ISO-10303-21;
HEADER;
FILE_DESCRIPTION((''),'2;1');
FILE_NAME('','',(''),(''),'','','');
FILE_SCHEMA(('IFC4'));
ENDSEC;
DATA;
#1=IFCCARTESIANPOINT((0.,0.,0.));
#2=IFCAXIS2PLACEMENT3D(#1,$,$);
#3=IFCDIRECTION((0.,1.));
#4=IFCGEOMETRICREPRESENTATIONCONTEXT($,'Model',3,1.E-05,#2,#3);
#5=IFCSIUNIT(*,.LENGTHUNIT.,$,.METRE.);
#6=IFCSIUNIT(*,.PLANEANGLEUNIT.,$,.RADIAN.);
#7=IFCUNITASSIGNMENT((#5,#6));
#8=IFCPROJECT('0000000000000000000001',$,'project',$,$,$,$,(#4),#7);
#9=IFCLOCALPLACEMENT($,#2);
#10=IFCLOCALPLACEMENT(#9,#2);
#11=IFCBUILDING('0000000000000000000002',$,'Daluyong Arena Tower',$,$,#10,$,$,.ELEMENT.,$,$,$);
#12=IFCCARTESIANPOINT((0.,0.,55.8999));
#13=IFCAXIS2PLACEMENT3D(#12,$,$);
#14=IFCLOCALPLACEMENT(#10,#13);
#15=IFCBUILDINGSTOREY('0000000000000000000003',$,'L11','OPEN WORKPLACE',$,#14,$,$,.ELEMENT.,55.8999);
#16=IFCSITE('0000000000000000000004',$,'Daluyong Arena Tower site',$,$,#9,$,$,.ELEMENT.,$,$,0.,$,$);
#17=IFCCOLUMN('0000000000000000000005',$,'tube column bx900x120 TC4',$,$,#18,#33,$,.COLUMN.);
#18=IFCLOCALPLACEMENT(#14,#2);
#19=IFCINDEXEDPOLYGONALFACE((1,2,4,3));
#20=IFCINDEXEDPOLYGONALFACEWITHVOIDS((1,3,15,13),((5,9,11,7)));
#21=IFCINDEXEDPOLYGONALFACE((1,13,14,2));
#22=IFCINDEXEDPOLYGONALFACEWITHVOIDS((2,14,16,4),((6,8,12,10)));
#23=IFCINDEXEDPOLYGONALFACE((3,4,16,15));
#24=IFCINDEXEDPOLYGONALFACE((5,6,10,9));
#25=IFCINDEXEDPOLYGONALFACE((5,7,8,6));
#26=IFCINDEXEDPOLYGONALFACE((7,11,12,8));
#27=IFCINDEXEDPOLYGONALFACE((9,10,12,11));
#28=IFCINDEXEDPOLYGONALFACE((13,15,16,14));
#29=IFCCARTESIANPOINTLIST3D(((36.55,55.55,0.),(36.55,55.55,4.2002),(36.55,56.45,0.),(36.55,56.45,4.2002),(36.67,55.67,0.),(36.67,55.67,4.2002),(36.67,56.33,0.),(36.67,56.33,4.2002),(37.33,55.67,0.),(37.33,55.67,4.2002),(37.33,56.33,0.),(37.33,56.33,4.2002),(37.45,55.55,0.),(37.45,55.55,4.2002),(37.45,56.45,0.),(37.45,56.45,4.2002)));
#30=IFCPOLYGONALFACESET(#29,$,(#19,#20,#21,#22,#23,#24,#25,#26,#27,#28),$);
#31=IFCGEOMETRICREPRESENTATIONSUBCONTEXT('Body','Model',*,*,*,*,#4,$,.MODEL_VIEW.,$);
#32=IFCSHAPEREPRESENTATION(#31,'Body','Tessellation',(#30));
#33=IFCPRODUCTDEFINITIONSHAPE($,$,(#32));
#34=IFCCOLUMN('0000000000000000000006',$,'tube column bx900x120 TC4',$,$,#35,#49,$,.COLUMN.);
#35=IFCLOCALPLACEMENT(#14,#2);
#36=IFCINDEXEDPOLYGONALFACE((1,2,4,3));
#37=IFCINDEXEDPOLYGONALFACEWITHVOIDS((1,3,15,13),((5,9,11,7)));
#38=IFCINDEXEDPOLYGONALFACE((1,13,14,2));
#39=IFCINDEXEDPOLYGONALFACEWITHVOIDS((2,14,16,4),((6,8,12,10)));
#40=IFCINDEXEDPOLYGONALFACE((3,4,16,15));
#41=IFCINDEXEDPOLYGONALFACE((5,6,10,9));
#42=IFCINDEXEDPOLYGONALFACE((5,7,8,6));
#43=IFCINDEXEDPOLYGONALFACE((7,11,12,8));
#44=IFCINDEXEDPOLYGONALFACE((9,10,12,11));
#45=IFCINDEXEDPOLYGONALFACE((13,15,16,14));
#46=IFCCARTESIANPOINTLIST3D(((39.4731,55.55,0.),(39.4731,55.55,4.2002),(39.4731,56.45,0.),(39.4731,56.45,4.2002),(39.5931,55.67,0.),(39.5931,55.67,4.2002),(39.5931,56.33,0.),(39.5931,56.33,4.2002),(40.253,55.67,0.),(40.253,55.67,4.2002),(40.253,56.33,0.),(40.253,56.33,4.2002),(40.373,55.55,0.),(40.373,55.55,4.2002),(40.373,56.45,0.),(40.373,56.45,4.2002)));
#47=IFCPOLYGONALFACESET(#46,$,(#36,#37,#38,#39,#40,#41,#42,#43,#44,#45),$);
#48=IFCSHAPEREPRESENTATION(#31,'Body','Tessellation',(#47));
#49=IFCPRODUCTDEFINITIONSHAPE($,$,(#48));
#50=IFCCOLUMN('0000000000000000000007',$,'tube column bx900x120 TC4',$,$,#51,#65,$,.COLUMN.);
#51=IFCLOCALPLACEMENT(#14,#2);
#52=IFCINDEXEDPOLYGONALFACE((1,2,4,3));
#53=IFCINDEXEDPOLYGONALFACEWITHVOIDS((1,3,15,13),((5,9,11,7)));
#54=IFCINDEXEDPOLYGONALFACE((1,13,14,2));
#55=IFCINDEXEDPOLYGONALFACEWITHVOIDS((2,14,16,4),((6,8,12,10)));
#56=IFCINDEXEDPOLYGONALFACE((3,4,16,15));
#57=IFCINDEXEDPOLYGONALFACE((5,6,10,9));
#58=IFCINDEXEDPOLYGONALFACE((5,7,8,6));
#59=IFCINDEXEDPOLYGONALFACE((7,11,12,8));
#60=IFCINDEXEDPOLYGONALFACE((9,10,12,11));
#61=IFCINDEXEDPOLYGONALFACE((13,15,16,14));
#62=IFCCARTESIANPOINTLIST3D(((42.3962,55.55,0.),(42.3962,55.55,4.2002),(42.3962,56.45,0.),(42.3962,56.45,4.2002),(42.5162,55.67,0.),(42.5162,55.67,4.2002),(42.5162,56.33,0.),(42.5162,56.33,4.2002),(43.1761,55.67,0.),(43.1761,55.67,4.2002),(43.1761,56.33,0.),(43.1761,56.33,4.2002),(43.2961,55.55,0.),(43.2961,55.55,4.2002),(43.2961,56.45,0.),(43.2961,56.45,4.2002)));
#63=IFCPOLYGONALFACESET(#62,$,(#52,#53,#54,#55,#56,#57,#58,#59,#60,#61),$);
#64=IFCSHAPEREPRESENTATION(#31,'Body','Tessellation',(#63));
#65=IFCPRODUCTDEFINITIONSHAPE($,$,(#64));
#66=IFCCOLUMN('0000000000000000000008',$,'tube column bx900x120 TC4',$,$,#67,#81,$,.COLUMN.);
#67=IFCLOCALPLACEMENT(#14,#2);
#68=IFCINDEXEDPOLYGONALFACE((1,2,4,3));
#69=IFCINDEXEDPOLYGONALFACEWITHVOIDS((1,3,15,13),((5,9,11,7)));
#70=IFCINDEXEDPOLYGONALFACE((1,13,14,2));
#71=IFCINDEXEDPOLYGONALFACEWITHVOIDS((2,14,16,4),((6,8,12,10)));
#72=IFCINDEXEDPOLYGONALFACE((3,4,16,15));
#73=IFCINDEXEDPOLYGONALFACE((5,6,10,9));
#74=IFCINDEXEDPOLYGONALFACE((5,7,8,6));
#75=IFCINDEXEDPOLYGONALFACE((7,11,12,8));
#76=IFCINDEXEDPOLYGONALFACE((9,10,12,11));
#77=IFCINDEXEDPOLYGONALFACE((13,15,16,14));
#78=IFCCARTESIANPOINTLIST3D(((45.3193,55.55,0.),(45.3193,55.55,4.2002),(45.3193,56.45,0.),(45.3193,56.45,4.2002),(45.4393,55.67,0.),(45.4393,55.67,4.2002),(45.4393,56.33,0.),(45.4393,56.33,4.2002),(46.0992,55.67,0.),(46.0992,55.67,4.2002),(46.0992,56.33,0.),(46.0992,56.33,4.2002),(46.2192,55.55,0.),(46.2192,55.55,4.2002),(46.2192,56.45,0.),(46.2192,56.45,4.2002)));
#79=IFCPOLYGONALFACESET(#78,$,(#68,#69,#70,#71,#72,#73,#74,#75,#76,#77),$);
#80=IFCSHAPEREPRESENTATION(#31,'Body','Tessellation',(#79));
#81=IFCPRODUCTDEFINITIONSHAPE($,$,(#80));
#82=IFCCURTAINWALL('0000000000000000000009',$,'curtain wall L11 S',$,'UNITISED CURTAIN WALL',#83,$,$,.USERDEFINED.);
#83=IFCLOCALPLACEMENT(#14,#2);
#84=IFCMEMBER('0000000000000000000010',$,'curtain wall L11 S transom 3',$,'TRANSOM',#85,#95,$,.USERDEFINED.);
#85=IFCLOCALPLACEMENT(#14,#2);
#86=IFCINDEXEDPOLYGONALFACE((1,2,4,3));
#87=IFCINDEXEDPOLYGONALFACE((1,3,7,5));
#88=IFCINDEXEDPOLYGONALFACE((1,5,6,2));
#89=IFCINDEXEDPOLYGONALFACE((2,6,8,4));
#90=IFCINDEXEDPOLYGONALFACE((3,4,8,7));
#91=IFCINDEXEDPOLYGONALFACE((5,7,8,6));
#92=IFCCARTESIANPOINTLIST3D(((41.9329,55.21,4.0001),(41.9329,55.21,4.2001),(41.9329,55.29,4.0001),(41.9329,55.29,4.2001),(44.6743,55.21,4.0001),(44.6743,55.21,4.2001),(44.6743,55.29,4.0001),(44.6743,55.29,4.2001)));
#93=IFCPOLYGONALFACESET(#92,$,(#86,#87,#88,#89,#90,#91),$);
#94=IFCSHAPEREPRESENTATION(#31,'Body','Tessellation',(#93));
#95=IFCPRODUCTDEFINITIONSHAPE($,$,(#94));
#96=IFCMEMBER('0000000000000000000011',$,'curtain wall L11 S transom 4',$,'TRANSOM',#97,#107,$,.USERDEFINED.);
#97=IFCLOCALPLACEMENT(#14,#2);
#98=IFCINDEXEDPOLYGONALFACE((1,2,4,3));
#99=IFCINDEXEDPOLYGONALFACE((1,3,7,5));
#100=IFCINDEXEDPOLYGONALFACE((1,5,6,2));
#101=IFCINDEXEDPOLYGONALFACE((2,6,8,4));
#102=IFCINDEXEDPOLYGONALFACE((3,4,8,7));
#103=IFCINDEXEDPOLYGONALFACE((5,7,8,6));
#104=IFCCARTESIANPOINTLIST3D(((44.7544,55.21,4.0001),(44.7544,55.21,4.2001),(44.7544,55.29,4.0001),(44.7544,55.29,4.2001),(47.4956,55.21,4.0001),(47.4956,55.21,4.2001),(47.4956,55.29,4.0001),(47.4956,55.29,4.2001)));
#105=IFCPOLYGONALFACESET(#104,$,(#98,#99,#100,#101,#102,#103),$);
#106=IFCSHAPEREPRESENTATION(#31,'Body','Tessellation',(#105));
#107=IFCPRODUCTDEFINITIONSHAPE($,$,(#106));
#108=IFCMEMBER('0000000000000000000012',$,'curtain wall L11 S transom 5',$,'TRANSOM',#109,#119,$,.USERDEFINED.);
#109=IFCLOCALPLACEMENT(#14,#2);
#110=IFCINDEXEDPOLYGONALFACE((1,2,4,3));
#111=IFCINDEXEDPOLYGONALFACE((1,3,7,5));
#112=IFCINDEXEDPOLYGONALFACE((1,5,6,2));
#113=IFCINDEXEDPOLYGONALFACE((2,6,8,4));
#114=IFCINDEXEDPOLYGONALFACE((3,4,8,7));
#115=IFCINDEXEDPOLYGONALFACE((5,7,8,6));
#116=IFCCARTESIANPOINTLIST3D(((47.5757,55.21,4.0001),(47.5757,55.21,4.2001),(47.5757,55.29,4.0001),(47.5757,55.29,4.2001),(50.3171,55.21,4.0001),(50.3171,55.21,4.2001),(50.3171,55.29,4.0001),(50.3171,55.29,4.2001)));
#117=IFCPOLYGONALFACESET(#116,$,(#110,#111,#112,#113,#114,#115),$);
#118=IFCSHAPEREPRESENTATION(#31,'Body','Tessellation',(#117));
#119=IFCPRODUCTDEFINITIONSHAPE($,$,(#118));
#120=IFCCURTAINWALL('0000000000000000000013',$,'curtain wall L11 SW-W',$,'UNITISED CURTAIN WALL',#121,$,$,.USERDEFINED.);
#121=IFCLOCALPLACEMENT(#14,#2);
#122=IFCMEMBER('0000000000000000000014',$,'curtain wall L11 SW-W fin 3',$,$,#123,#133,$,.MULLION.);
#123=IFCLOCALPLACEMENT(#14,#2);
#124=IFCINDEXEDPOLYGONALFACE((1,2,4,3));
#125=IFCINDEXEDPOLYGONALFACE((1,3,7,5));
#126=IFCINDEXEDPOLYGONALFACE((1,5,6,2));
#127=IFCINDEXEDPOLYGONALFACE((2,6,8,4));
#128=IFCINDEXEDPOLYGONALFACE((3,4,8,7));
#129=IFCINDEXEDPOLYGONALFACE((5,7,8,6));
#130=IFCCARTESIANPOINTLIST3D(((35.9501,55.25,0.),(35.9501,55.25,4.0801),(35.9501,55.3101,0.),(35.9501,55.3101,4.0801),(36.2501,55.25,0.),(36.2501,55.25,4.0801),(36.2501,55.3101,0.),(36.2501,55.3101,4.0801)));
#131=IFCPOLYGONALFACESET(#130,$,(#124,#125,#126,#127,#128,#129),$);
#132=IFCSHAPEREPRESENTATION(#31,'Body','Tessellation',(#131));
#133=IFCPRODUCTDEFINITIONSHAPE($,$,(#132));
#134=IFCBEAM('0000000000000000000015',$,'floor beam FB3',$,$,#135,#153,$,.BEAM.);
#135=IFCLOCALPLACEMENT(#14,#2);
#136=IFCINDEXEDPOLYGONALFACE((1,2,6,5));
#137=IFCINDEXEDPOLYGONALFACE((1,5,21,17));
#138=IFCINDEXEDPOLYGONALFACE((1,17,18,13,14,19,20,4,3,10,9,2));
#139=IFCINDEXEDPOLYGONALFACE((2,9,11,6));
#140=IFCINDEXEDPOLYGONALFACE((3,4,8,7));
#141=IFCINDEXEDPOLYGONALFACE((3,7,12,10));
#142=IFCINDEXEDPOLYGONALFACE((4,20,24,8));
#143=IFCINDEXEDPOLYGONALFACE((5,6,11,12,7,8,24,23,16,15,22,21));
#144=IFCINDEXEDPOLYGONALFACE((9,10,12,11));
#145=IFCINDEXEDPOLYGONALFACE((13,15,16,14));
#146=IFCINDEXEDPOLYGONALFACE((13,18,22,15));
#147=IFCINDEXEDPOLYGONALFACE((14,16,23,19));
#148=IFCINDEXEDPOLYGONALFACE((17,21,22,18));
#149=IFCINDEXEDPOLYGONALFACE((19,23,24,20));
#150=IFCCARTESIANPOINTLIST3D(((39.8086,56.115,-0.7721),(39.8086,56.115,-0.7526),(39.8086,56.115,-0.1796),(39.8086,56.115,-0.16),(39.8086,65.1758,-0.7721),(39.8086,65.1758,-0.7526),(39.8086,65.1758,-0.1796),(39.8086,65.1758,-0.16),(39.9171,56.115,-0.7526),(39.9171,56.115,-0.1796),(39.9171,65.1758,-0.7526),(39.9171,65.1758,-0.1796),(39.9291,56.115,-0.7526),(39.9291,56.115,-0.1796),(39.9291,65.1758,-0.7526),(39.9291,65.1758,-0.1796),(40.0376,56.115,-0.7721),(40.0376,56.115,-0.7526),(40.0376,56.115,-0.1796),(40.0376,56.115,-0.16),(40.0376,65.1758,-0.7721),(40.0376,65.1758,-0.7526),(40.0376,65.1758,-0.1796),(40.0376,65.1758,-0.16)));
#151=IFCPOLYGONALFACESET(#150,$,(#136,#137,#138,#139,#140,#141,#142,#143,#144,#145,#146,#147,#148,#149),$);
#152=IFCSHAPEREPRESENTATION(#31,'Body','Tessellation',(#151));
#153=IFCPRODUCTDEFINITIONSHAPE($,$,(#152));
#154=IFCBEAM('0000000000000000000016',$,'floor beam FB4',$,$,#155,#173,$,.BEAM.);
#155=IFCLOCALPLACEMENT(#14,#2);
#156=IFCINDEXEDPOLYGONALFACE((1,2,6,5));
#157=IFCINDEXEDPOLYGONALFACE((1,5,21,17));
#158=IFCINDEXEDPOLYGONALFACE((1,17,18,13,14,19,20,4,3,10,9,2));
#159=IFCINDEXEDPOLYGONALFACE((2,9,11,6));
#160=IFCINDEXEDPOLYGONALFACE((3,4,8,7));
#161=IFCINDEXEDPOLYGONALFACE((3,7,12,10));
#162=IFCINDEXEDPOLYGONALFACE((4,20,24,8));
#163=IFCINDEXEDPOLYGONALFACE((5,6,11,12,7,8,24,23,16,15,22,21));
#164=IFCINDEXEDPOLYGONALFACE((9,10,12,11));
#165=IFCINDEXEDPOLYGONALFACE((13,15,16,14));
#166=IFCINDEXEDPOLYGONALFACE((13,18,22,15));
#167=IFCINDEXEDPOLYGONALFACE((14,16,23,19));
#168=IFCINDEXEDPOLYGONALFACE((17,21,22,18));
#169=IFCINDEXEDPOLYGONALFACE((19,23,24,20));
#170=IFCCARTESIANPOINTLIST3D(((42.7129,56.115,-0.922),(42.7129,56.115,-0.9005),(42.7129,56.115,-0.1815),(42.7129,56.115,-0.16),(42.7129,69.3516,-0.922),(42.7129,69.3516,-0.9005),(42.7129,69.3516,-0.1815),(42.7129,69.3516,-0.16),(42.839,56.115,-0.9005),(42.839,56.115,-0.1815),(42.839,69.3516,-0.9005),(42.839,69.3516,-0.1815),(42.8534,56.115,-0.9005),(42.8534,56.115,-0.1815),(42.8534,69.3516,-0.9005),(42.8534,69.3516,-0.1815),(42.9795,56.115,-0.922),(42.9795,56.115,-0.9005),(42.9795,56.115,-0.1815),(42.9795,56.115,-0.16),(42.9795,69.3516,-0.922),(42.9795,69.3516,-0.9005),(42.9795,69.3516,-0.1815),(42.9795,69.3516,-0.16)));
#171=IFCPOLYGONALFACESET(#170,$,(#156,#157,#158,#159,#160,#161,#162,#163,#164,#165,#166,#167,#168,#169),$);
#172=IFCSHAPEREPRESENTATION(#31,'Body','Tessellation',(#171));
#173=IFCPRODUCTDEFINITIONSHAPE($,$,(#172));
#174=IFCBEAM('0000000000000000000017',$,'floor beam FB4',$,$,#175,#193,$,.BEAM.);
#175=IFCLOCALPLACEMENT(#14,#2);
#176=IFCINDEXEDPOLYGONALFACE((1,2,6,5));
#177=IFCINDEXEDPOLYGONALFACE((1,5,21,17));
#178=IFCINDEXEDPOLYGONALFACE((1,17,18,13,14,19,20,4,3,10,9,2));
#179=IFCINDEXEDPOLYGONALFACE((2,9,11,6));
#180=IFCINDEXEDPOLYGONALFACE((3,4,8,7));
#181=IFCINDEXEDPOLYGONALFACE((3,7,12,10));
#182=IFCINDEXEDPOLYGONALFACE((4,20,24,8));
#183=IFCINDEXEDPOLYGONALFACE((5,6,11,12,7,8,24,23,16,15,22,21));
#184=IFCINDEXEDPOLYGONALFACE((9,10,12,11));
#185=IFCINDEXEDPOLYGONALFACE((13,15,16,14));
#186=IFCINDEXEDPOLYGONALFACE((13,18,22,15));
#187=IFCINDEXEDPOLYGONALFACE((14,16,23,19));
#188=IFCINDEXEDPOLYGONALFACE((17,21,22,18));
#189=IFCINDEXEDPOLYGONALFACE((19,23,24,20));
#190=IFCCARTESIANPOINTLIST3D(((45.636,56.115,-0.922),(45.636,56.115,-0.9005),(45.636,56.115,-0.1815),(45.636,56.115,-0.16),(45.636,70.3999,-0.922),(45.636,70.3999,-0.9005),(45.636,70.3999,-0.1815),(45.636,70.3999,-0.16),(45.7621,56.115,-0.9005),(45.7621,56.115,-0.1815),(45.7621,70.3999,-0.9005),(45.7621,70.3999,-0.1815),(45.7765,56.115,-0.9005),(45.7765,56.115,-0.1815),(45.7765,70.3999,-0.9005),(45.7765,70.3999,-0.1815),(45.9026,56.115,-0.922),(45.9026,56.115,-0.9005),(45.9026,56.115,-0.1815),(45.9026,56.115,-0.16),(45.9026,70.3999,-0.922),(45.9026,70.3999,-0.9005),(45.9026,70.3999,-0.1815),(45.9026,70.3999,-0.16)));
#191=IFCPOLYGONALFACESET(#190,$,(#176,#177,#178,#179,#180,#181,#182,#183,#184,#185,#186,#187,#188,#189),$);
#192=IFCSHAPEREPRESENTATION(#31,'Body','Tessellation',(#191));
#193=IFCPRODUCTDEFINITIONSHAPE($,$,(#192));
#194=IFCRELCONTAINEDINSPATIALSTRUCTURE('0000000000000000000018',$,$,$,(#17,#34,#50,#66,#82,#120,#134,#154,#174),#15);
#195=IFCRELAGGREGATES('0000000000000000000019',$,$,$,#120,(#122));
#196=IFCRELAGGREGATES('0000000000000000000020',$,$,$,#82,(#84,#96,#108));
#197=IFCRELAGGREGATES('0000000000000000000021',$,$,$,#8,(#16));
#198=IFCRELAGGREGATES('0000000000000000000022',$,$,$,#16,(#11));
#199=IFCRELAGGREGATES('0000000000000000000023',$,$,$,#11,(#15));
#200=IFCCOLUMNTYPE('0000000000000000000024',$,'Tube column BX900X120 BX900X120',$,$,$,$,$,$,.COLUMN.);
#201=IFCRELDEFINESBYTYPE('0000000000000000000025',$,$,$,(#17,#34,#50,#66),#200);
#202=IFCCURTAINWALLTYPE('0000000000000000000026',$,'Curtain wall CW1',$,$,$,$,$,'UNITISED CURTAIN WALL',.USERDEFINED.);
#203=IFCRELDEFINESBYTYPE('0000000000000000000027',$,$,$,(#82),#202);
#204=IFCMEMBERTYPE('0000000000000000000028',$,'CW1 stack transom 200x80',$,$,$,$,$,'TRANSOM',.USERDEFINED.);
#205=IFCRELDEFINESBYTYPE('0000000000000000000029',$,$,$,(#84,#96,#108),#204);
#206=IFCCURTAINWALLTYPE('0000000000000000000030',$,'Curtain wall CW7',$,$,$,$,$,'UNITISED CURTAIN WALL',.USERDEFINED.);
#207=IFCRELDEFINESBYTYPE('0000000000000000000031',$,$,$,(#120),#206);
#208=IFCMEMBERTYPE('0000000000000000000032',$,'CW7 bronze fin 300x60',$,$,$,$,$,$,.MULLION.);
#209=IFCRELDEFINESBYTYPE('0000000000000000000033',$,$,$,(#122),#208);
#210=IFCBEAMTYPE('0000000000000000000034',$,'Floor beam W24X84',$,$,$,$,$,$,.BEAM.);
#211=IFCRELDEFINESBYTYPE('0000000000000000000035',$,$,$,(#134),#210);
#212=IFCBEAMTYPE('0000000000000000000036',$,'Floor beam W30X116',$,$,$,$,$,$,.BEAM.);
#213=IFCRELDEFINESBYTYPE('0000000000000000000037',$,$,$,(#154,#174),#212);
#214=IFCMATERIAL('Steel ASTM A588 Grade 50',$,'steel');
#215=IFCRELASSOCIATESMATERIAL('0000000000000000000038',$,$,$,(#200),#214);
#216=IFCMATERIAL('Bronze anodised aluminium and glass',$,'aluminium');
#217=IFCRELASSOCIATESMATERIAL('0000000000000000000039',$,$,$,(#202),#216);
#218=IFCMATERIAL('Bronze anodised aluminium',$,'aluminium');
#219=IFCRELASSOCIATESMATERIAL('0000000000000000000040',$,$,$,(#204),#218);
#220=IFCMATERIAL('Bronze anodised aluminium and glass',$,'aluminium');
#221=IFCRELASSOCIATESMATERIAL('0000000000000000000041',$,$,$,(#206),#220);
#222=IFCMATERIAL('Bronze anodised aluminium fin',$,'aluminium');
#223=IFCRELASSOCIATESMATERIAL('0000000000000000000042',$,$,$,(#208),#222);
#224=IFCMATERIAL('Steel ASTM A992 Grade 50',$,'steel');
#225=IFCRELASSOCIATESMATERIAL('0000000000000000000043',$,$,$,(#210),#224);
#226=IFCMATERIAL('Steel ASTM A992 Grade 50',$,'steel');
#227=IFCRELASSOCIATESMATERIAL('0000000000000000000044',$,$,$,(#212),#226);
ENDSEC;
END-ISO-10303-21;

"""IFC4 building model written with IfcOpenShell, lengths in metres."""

from ifc_helpers import new_model, si_unit, direction, frame, origin, origin_2d, place, context, subcontext, project, spatial, rectangle, hollow_rectangle, i_section, extrude, material, material_profile, profile_set, type_object, element, aggregate, save


model = new_model("IFC4")

# Units and contexts
model_context = context("Model", 3, precision=1e-05, world=origin(), true_north=direction((0.0, 1.0)))
body_context = subcontext(model_context, "Body", "Model", "MODEL_VIEW")
ifc_project = project(units=[si_unit("LENGTHUNIT", "METRE"), si_unit("PLANEANGLEUNIT", "RADIAN")], contexts=[model_context])

# Site, building, storey
site_placement = place(None, origin())
site = spatial("IfcSite", under=ifc_project, at=site_placement, Name="Daluyong Arena Tower site", CompositionType="ELEMENT", RefElevation=0.0)
building_placement = place(site_placement, origin())
building = spatial("IfcBuilding", under=site, at=building_placement, Name="Daluyong Arena Tower", CompositionType="ELEMENT")
storey_placement = place(building_placement, frame((0.0, 0.0, 55.8999)))
storey = spatial("IfcBuildingStorey", under=building, at=storey_placement, Name="L11", Description="OPEN WORKPLACE", CompositionType="ELEMENT", Elevation=55.8999)

# Columns
ifc_material_1 = material(Name="Steel ASTM A588 Grade 50", Category="steel")
ifc_material_profile_1 = material_profile(ifc_material_1, hollow_rectangle(XDim=0.8999, YDim=0.8999, WallThickness=0.12, at=origin_2d()))
ifc_profile_set_1 = profile_set([ifc_material_profile_1], Name="Steel ASTM A588 Grade 50")
column_type = type_object("IfcColumnType", Name="Tube column BX900X120 BX900X120", PredefinedType="COLUMN", material=ifc_profile_set_1)
for number, where, z_axis, x_axis, name in (
    (1, (37.0, 56.0, 0.0), (0.0, 0.0, 1.0), (1.0, 0.0, 0.0), "tube column bx900x120 TC4"),
    (2, (39.9231, 56.0, 0.0), (0.0, 0.0, 1.0), (1.0, 0.0, 0.0), "tube column bx900x120 TC4"),
    (3, (42.8462, 56.0, 0.0), (0.0, 0.0, 1.0), (1.0, 0.0, 0.0), "tube column bx900x120 TC4"),
    (4, (45.7693, 56.0, 0.0), (0.0, 0.0, 1.0), (1.0, 0.0, 0.0), "tube column bx900x120 TC4"),
):
    element("IfcColumn", number, at=place(storey_placement, frame(where, z_axis=z_axis, x_axis=x_axis)), inside=storey, type_object=column_type, Name=name, PredefinedType="COLUMN", context=body_context, shape_type="SweptSolid", body=[
        extrude(hollow_rectangle(XDim=0.8999, YDim=0.8999, WallThickness=0.12, at=origin_2d()), origin(), (0.0, 0.0, 1.0), 4.2002),
    ])

# Curtain wall, members
ifc_material_2 = material(Name="Bronze anodised aluminium and glass", Category="aluminium")
curtain_wall_type_1 = type_object("IfcCurtainWallType", Name="Curtain wall CW1", ElementType="UNITISED CURTAIN WALL", PredefinedType="USERDEFINED", material=ifc_material_2)
curtain_wall_1_placement = place(storey_placement, origin())
curtain_wall_1 = element("IfcCurtainWall", 5, at=curtain_wall_1_placement, inside=storey, type_object=curtain_wall_type_1, Name="curtain wall L11 S", ObjectType="UNITISED CURTAIN WALL", PredefinedType="USERDEFINED")
ifc_material_3 = material(Name="Bronze anodised aluminium", Category="aluminium")
ifc_material_profile_2 = material_profile(ifc_material_3, rectangle(XDim=0.0801, YDim=0.2, at=origin_2d()))
ifc_profile_set_2 = profile_set([ifc_material_profile_2], Name="Bronze anodised aluminium")
member_type_1 = type_object("IfcMemberType", Name="CW1 stack transom 200x80", ElementType="TRANSOM", PredefinedType="USERDEFINED", material=ifc_profile_set_2)
member_1_placement = place(storey_placement, frame((41.9329, 55.25, 4.1001), z_axis=(1.0, 0.0, 0.0), x_axis=(0.0, 1.0, 0.0)))
member_1 = element("IfcMember", 6, at=member_1_placement, type_object=member_type_1, Name="curtain wall L11 S transom 3", ObjectType="TRANSOM", PredefinedType="USERDEFINED", context=body_context, shape_type="SweptSolid", body=[
    extrude(rectangle(XDim=0.0801, YDim=0.2, at=origin_2d()), origin(), (0.0, 0.0, 1.0), 2.7415),
])
member_2_placement = place(storey_placement, frame((44.7544, 55.25, 4.1001), z_axis=(1.0, 0.0, 0.0), x_axis=(0.0, 1.0, 0.0)))
member_2 = element("IfcMember", 7, at=member_2_placement, type_object=member_type_1, Name="curtain wall L11 S transom 4", ObjectType="TRANSOM", PredefinedType="USERDEFINED", context=body_context, shape_type="SweptSolid", body=[
    extrude(rectangle(XDim=0.0801, YDim=0.2, at=origin_2d()), origin(), (0.0, 0.0, 1.0), 2.7412),
])
member_3_placement = place(storey_placement, frame((47.5757, 55.25, 4.1001), z_axis=(1.0, 0.0, 0.0), x_axis=(0.0, 1.0, 0.0)))
member_3 = element("IfcMember", 8, at=member_3_placement, type_object=member_type_1, Name="curtain wall L11 S transom 5", ObjectType="TRANSOM", PredefinedType="USERDEFINED", context=body_context, shape_type="SweptSolid", body=[
    extrude(rectangle(XDim=0.0801, YDim=0.2, at=origin_2d()), origin(), (0.0, 0.0, 1.0), 2.7415),
])

# Curtain wall, member
ifc_material_4 = material(Name="Bronze anodised aluminium and glass", Category="aluminium")
curtain_wall_type_2 = type_object("IfcCurtainWallType", Name="Curtain wall CW7", ElementType="UNITISED CURTAIN WALL", PredefinedType="USERDEFINED", material=ifc_material_4)
curtain_wall_2_placement = place(storey_placement, origin())
curtain_wall_2 = element("IfcCurtainWall", 9, at=curtain_wall_2_placement, inside=storey, type_object=curtain_wall_type_2, Name="curtain wall L11 SW-W", ObjectType="UNITISED CURTAIN WALL", PredefinedType="USERDEFINED")
ifc_material_5 = material(Name="Bronze anodised aluminium fin", Category="aluminium")
ifc_material_profile_3 = material_profile(ifc_material_5, rectangle(XDim=0.3, YDim=0.0601, at=origin_2d()))
ifc_profile_set_3 = profile_set([ifc_material_profile_3], Name="Bronze anodised aluminium fin")
member_type_2 = type_object("IfcMemberType", Name="CW7 bronze fin 300x60", PredefinedType="MULLION", material=ifc_profile_set_3)
member_4_placement = place(storey_placement, frame((36.1001, 55.28, 0.0), z_axis=(0.0, 0.0, 1.0), x_axis=(1.0, 0.0, 0.0)))
member_4 = element("IfcMember", 10, at=member_4_placement, type_object=member_type_2, Name="curtain wall L11 SW-W fin 3", PredefinedType="MULLION", context=body_context, shape_type="SweptSolid", body=[
    extrude(rectangle(XDim=0.3, YDim=0.0601, at=origin_2d()), origin(), (0.0, 0.0, 1.0), 4.0801),
])
aggregate(curtain_wall_2, [member_4])

# Beams
ifc_material_6 = material(Name="Steel ASTM A992 Grade 50", Category="steel")
ifc_material_profile_4 = material_profile(ifc_material_6, i_section(OverallWidth=0.229, OverallDepth=0.6121, WebThickness=0.012, FlangeThickness=0.0195, at=origin_2d()))
ifc_profile_set_4 = profile_set([ifc_material_profile_4], Name="Steel ASTM A992 Grade 50")
beam_type_1 = type_object("IfcBeamType", Name="Floor beam W24X84", PredefinedType="BEAM", material=ifc_profile_set_4)
beam_1_placement = place(storey_placement, frame((39.9231, 56.115, -0.4661), z_axis=(0.0, 1.0, 0.0), x_axis=(-1.0, 0.0, 0.0)))
element("IfcBeam", 11, at=beam_1_placement, inside=storey, type_object=beam_type_1, Name="floor beam FB3", PredefinedType="BEAM", context=body_context, shape_type="SweptSolid", body=[
    extrude(i_section(OverallWidth=0.229, OverallDepth=0.6121, WebThickness=0.012, FlangeThickness=0.0195, at=origin_2d()), origin(), (0.0, 0.0, 1.0), 9.0608),
])
ifc_material_7 = material(Name="Steel ASTM A992 Grade 50", Category="steel")
ifc_material_profile_5 = material_profile(ifc_material_7, i_section(OverallWidth=0.2666, OverallDepth=0.762, WebThickness=0.0144, FlangeThickness=0.0215, at=origin_2d()))
ifc_profile_set_5 = profile_set([ifc_material_profile_5], Name="Steel ASTM A992 Grade 50")
beam_type_2 = type_object("IfcBeamType", Name="Floor beam W30X116", PredefinedType="BEAM", material=ifc_profile_set_5)
beam_2_placement = place(storey_placement, frame((42.8462, 56.115, -0.541), z_axis=(0.0, 1.0, 0.0), x_axis=(-1.0, 0.0, 0.0)))
element("IfcBeam", 12, at=beam_2_placement, inside=storey, type_object=beam_type_2, Name="floor beam FB4", PredefinedType="BEAM", context=body_context, shape_type="SweptSolid", body=[
    extrude(i_section(OverallWidth=0.2666, OverallDepth=0.762, WebThickness=0.0144, FlangeThickness=0.0215, at=origin_2d()), origin(), (0.0, 0.0, 1.0), 13.2366),
])
beam_3_placement = place(storey_placement, frame((45.7693, 56.115, -0.541), z_axis=(0.0, 1.0, 0.0), x_axis=(-1.0, 0.0, 0.0)))
element("IfcBeam", 13, at=beam_3_placement, inside=storey, type_object=beam_type_2, Name="floor beam FB4", PredefinedType="BEAM", context=body_context, shape_type="SweptSolid", body=[
    extrude(i_section(OverallWidth=0.2666, OverallDepth=0.762, WebThickness=0.0144, FlangeThickness=0.0215, at=origin_2d()), origin(), (0.0, 0.0, 1.0), 14.2849),
])

aggregate(curtain_wall_1, [member_1, member_2, member_3])

save(model, "model.ifc")
